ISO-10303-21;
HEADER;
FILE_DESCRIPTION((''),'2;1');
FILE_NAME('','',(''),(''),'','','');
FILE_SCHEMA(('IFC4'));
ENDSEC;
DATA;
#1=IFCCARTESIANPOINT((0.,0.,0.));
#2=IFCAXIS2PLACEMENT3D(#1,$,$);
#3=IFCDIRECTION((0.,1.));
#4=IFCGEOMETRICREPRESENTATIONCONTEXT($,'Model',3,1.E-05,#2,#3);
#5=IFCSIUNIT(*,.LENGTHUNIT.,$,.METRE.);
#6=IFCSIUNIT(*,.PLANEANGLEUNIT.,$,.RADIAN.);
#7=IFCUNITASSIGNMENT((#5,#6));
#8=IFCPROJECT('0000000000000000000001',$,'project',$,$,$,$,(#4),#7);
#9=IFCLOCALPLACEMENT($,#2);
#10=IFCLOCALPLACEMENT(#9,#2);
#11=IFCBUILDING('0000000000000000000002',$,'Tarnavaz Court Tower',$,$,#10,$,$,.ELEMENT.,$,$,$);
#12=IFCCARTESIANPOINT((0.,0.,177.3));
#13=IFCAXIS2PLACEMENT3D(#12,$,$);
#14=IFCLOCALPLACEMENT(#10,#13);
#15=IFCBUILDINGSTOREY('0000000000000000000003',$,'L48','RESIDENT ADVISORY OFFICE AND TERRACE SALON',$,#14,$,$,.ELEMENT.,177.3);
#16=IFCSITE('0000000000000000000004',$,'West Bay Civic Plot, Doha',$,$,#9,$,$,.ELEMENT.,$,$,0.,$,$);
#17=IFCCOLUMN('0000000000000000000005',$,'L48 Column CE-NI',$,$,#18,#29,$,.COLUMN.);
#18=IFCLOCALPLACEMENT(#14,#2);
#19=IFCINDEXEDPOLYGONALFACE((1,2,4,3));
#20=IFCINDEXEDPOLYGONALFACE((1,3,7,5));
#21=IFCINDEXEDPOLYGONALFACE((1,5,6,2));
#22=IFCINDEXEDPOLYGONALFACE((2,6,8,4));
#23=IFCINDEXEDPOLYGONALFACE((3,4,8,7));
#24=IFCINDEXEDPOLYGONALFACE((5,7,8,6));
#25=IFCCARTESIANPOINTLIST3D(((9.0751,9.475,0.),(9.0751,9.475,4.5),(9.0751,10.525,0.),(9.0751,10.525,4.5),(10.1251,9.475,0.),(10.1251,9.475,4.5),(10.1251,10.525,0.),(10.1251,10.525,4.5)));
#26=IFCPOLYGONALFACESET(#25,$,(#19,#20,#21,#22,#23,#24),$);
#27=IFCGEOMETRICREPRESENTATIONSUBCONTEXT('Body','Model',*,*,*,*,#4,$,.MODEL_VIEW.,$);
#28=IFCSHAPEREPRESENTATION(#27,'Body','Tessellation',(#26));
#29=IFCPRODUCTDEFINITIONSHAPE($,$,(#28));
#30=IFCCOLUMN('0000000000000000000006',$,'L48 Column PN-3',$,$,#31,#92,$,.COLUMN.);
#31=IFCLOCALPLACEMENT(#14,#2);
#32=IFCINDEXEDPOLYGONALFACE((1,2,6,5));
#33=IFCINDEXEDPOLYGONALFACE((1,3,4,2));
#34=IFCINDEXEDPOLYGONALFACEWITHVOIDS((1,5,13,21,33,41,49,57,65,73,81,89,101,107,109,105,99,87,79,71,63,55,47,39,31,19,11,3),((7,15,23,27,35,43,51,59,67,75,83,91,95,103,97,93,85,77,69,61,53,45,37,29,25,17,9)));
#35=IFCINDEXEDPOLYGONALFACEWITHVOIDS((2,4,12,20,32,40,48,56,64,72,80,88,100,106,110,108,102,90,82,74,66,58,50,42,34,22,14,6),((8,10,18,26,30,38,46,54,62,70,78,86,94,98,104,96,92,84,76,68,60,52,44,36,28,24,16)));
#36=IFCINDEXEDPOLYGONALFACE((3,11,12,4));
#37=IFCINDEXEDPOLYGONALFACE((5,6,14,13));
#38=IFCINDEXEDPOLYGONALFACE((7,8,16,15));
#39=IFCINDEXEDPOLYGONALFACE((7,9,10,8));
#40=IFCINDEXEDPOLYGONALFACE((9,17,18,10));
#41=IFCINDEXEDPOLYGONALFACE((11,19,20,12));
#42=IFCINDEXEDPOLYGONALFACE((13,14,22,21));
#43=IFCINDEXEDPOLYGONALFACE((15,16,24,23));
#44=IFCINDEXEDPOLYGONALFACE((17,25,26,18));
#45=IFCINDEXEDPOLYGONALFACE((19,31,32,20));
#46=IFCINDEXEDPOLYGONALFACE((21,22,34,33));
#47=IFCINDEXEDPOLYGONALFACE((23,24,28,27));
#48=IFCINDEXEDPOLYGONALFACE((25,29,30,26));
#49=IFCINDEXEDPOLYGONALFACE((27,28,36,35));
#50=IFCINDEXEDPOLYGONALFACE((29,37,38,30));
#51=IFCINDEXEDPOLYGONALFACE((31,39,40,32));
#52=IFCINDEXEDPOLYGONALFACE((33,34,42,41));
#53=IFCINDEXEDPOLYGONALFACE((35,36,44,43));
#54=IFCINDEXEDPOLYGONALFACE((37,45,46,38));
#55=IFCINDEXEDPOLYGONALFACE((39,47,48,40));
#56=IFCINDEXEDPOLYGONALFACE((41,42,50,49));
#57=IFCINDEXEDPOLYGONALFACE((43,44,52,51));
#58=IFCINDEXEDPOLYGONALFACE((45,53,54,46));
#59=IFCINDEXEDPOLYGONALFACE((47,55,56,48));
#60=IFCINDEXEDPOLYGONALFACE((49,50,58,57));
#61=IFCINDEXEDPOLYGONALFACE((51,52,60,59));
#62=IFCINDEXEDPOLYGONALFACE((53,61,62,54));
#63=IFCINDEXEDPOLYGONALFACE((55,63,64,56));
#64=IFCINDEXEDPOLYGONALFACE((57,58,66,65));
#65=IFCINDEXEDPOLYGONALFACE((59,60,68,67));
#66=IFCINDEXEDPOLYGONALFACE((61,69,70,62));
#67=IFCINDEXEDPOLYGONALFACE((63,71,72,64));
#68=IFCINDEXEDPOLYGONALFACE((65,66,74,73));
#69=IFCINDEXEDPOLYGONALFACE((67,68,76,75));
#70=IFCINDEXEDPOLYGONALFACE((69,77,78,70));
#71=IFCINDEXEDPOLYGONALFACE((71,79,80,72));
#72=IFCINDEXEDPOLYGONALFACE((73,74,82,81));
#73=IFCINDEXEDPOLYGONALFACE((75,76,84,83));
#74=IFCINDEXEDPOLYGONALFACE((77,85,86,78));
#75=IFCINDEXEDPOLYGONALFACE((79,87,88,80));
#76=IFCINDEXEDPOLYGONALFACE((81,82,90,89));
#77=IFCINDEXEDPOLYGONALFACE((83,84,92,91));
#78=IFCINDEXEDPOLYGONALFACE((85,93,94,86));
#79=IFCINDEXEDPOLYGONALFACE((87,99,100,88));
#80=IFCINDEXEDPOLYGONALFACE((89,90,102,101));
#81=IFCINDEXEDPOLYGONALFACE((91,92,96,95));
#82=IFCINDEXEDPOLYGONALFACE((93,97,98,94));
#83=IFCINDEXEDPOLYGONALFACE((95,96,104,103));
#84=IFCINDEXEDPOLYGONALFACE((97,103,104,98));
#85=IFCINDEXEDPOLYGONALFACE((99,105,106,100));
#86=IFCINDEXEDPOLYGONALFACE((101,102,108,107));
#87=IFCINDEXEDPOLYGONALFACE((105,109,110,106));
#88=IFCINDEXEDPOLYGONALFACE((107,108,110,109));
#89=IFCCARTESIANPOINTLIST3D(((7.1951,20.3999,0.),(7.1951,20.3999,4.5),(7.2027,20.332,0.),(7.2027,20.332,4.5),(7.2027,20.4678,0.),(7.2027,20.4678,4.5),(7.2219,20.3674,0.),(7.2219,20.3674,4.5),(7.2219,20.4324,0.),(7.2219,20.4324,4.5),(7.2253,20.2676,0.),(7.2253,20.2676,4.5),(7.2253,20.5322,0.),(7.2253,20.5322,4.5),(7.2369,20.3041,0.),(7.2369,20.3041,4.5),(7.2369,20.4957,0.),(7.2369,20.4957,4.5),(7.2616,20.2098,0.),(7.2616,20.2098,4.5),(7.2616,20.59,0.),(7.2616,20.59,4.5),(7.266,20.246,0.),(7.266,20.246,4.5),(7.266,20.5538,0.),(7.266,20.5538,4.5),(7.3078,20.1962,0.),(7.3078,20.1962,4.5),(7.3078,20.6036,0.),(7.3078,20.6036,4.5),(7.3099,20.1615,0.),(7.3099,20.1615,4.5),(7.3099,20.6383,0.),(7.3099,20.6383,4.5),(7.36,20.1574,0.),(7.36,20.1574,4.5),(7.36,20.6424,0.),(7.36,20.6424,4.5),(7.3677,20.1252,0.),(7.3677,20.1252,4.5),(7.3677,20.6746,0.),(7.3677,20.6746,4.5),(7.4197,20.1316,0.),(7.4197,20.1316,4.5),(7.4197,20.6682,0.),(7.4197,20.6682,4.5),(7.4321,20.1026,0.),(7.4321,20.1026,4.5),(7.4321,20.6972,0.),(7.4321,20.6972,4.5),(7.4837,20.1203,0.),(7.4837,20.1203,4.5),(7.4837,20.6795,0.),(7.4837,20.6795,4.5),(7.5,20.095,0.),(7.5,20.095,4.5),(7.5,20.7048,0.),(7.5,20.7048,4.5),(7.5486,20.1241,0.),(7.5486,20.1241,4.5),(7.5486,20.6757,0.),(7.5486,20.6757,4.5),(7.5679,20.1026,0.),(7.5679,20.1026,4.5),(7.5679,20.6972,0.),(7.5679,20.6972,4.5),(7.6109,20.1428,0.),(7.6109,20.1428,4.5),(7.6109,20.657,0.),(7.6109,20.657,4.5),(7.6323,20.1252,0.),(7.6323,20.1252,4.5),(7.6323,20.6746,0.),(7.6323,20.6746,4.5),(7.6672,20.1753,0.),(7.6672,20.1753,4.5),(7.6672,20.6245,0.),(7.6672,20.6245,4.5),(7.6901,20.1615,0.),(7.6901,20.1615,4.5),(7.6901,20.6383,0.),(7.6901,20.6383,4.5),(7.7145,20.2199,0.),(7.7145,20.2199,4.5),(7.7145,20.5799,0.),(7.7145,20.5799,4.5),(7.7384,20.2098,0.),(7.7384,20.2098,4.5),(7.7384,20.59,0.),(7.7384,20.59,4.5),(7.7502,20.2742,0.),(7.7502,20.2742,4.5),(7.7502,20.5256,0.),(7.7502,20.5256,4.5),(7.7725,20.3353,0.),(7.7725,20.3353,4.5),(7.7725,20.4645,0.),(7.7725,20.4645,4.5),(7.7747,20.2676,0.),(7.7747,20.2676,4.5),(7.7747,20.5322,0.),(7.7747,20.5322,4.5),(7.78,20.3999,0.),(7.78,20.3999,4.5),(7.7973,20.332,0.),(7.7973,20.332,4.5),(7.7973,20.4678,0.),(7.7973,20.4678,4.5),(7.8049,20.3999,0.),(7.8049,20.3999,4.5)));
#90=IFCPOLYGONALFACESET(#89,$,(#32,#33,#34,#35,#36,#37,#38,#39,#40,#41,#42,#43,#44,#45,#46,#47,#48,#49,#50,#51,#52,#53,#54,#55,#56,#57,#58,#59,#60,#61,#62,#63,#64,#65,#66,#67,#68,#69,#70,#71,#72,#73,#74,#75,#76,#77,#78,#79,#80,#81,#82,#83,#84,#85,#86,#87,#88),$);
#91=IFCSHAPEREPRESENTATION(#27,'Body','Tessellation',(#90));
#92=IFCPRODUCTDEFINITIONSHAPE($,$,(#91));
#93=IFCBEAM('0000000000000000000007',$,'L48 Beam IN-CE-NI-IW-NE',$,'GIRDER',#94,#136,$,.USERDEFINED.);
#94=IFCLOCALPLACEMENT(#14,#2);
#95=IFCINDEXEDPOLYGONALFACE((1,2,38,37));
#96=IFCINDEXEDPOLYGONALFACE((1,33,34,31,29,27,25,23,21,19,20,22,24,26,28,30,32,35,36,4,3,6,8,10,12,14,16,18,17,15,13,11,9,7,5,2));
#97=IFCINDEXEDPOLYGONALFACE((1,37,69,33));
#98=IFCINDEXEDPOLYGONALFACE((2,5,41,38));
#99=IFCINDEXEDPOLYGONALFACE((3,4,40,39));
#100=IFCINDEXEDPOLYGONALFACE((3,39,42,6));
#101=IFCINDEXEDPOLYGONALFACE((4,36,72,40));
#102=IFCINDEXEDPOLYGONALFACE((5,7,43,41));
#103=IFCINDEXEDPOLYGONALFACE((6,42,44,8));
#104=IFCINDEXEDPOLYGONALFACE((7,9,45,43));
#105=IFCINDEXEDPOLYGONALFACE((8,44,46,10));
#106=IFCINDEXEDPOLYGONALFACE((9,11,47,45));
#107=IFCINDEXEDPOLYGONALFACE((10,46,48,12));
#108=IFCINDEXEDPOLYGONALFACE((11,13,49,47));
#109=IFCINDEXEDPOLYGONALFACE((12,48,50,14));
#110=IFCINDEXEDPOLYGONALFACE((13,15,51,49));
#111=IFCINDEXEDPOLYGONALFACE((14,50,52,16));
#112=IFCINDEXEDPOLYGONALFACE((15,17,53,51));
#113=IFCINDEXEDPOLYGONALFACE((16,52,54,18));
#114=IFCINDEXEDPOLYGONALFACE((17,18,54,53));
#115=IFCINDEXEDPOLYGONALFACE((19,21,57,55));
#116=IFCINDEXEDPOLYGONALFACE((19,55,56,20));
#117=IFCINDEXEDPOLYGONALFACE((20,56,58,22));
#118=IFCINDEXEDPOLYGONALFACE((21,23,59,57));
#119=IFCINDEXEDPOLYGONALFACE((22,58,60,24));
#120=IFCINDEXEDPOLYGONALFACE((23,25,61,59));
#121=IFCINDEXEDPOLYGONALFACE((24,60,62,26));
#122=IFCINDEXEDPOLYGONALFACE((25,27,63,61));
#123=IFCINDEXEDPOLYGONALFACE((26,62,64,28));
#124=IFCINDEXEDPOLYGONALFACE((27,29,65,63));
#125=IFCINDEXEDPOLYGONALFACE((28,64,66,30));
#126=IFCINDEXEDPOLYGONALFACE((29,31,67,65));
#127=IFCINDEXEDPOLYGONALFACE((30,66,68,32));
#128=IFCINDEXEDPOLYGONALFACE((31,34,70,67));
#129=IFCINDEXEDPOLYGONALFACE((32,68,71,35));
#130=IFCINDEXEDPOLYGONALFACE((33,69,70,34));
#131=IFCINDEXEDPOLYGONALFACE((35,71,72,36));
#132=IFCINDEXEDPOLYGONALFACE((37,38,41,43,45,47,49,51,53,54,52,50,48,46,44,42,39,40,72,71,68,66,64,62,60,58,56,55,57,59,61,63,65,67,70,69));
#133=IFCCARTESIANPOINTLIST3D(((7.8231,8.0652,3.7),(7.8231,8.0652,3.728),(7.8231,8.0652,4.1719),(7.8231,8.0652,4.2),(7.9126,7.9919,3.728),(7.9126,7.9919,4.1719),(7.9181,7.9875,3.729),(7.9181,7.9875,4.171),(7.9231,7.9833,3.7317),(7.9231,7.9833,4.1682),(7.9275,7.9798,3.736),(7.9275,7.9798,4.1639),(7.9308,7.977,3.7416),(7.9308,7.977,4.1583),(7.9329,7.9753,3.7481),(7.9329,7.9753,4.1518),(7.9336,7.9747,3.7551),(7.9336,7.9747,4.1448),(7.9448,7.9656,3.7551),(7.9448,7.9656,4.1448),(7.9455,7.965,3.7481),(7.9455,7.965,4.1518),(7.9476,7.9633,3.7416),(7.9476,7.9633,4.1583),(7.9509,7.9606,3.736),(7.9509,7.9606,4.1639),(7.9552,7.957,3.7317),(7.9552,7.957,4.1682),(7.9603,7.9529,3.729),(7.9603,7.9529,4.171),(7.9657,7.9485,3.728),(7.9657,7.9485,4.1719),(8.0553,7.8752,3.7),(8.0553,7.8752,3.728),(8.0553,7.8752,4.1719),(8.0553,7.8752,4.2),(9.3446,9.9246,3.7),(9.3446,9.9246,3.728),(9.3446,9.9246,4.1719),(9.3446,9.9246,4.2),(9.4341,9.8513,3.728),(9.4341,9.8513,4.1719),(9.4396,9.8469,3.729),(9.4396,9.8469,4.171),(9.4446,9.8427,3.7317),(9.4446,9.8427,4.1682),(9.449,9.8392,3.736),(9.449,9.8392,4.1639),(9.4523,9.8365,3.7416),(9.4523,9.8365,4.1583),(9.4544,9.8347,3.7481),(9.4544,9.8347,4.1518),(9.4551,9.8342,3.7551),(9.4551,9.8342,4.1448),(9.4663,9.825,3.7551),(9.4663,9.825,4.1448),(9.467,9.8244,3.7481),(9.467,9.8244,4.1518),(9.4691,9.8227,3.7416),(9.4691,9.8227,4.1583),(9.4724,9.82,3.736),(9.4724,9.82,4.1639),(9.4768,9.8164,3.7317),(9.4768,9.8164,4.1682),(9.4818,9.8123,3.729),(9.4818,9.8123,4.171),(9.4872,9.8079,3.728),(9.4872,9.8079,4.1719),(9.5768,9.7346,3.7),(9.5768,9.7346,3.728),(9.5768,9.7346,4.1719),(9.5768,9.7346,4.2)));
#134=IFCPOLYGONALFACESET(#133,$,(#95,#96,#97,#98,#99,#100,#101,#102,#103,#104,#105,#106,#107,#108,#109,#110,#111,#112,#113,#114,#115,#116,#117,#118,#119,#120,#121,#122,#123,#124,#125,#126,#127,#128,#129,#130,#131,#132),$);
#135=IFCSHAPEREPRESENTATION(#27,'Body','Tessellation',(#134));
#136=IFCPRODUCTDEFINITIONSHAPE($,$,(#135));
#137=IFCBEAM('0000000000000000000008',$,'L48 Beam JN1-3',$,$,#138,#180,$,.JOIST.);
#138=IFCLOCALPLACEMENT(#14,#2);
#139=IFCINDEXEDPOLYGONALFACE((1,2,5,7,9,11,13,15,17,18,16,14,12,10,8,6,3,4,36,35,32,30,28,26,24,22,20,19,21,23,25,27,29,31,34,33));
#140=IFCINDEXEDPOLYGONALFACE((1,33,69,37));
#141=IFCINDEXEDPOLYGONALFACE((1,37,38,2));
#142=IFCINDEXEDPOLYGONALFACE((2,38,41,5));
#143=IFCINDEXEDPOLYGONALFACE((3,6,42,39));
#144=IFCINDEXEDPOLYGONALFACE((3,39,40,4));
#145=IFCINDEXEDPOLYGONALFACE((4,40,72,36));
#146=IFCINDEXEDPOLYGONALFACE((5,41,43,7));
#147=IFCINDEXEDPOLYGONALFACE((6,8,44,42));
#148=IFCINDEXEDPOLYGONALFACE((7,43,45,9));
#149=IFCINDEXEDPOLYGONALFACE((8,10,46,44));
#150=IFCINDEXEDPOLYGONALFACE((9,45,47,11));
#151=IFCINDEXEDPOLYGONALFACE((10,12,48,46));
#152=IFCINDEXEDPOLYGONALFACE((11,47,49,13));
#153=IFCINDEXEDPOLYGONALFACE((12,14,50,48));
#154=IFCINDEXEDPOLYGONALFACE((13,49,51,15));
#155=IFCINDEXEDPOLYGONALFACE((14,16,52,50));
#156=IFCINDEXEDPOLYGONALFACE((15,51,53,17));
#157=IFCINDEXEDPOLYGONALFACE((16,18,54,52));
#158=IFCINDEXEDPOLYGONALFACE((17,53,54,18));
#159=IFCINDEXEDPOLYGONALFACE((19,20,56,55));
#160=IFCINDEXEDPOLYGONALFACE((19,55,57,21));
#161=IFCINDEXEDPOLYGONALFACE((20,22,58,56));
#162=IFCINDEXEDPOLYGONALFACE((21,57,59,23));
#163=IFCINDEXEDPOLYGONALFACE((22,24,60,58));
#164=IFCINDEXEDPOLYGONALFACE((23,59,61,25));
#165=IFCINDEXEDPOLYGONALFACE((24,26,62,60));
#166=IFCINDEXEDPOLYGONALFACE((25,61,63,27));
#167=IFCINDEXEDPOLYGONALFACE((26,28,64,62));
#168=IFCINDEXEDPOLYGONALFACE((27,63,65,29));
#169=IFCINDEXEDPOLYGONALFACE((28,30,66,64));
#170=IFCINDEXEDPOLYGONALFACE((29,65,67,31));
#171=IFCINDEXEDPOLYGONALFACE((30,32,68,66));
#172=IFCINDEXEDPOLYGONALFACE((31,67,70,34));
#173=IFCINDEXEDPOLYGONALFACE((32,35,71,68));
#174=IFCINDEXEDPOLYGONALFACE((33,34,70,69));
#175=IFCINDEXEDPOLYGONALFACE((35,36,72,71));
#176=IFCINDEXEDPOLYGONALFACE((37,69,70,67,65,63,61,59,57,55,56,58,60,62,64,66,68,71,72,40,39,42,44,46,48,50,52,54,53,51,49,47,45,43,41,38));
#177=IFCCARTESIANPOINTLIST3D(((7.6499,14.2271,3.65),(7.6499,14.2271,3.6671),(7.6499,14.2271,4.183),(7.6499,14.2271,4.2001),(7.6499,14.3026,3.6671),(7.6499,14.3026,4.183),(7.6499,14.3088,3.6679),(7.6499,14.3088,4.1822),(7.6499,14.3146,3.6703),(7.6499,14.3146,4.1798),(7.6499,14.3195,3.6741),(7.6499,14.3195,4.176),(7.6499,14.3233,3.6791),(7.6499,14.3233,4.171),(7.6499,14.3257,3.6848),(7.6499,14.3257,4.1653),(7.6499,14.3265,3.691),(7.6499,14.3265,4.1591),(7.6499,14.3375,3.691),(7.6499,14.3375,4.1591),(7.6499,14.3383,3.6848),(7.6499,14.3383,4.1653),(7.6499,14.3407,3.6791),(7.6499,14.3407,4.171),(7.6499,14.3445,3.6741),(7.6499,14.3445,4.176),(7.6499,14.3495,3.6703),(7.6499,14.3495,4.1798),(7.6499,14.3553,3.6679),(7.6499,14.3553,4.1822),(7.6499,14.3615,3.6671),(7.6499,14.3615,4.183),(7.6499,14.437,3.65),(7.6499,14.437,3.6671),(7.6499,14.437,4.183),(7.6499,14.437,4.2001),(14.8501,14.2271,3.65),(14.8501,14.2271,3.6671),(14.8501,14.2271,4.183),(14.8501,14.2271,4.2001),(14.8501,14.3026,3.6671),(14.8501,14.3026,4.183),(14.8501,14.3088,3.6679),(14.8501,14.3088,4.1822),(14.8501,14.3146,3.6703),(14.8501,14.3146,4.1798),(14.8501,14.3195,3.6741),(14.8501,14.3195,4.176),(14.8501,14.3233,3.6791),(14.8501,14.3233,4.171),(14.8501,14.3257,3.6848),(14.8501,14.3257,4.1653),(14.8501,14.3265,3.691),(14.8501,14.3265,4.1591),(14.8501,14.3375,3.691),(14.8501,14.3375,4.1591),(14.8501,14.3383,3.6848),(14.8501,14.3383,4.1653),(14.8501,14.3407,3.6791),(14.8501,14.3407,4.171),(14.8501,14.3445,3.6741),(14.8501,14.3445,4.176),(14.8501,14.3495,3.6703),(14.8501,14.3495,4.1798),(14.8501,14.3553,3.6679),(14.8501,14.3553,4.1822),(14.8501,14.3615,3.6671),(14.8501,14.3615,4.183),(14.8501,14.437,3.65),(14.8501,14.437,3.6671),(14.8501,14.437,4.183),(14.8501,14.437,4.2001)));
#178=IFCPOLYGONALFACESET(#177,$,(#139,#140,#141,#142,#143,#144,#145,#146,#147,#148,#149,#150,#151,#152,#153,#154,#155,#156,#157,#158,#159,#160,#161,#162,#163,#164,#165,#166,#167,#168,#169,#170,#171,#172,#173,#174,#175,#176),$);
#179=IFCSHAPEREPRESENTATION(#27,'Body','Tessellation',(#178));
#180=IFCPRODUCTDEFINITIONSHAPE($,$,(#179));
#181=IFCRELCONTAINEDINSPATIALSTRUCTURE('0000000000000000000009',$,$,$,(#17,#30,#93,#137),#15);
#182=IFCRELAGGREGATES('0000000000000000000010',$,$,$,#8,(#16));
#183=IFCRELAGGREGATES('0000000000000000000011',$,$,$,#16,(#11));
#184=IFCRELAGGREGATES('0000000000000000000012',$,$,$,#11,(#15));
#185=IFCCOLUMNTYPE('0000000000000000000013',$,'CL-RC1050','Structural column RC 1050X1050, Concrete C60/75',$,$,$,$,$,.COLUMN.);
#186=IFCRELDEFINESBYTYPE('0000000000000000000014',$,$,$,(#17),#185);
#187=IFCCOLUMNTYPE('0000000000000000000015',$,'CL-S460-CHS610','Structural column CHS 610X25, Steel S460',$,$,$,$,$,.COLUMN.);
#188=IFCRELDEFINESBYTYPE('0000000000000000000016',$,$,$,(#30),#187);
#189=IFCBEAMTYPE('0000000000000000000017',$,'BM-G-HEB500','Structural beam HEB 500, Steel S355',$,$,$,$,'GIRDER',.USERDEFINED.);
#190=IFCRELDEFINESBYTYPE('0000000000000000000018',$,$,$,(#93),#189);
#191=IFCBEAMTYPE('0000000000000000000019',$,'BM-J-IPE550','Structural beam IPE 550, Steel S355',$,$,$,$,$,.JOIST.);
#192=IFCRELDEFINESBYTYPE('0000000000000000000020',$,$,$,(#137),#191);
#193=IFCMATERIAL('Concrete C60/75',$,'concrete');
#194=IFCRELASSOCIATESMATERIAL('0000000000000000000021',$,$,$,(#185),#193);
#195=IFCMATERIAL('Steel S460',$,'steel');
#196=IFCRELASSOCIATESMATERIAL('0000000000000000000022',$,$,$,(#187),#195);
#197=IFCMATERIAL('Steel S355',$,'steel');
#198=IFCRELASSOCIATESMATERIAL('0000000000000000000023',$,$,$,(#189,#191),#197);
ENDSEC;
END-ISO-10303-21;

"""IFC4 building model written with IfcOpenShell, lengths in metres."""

from ifc_helpers import new_model, si_unit, direction, frame, origin, origin_2d, place, context, subcontext, project, spatial, rectangle, hollow_circle, i_section, extrude, material, material_profile, profile_set, type_object, element, save


model = new_model("IFC4")

# Units and contexts
model_context = context("Model", 3, precision=1e-05, world=origin(), true_north=direction((0.0, 1.0)))
body_context = subcontext(model_context, "Body", "Model", "MODEL_VIEW")
ifc_project = project(units=[si_unit("LENGTHUNIT", "METRE"), si_unit("PLANEANGLEUNIT", "RADIAN")], contexts=[model_context])

# Site, building, storey
site_placement = place(None, origin())
site = spatial("IfcSite", under=ifc_project, at=site_placement, Name="West Bay Civic Plot, Doha", CompositionType="ELEMENT", RefElevation=0.0)
building_placement = place(site_placement, origin())
building = spatial("IfcBuilding", under=site, at=building_placement, Name="Tarnavaz Court Tower", CompositionType="ELEMENT")
storey_placement = place(building_placement, frame((0.0, 0.0, 177.3)))
storey = spatial("IfcBuildingStorey", under=building, at=storey_placement, Name="L48", Description="RESIDENT ADVISORY OFFICE AND TERRACE SALON", CompositionType="ELEMENT", Elevation=177.3)

# Columns
ifc_material_1 = material(Name="Concrete C60/75", Category="concrete")
ifc_material_profile_1 = material_profile(ifc_material_1, rectangle(XDim=1.05, YDim=1.05, at=origin_2d()), Name="RC 1050X1050")
ifc_profile_set_1 = profile_set([ifc_material_profile_1], Name="Concrete C60/75")
column_type_1 = type_object("IfcColumnType", Name="CL-RC1050", Description="Structural column RC 1050X1050, Concrete C60/75", PredefinedType="COLUMN", material=ifc_profile_set_1)
column_1_placement = place(storey_placement, frame((9.6001, 10.0, 0.0), z_axis=(0.0, 0.0, 1.0), x_axis=(1.0, 0.0, 0.0)))
element("IfcColumn", 1, at=column_1_placement, inside=storey, type_object=column_type_1, Name="L48 Column CE-NI", PredefinedType="COLUMN", context=body_context, shape_type="SweptSolid", body=[
    extrude(rectangle(XDim=1.05, YDim=1.05, at=origin_2d()), origin(), (0.0, 0.0, 1.0), 4.5),
])
ifc_material_2 = material(Name="Steel S460", Category="steel")
ifc_material_profile_2 = material_profile(ifc_material_2, hollow_circle(Radius=0.3049, WallThickness=0.0249, at=origin_2d()), Name="CHS 610X25")
ifc_profile_set_2 = profile_set([ifc_material_profile_2], Name="Steel S460")
column_type_2 = type_object("IfcColumnType", Name="CL-S460-CHS610", Description="Structural column CHS 610X25, Steel S460", PredefinedType="COLUMN", material=ifc_profile_set_2)
column_2_placement = place(storey_placement, frame((7.5, 20.3999, 0.0), z_axis=(0.0, 0.0, 1.0), x_axis=(1.0, 0.0, 0.0)))
element("IfcColumn", 2, at=column_2_placement, inside=storey, type_object=column_type_2, Name="L48 Column PN-3", PredefinedType="COLUMN", context=body_context, shape_type="SweptSolid", body=[
    extrude(hollow_circle(Radius=0.3049, WallThickness=0.0249, at=origin_2d()), origin(), (0.0, 0.0, 1.0), 4.5),
])

# Beams
ifc_material_3 = material(Name="Steel S355", Category="steel")
ifc_material_profile_3 = material_profile(ifc_material_3, i_section(OverallWidth=0.3, OverallDepth=0.5, WebThickness=0.0144, FlangeThickness=0.0281, FilletRadius=0.0271, at=origin_2d()), Name="HEB 500")
ifc_profile_set_3 = profile_set([ifc_material_profile_3], Name="Steel S355")
beam_type_1 = type_object("IfcBeamType", Name="BM-G-HEB500", Description="Structural beam HEB 500, Steel S355", ElementType="GIRDER", PredefinedType="USERDEFINED", material=ifc_profile_set_3)
beam_1_placement = place(storey_placement, frame((9.4607, 9.8296, 3.95), z_axis=(-0.633282, -0.773921, 0.0), x_axis=(0.773921, -0.633282, 0.0)))
element("IfcBeam", 3, at=beam_1_placement, inside=storey, type_object=beam_type_1, Name="L48 Beam IN-CE-NI-IW-NE", ObjectType="GIRDER", PredefinedType="USERDEFINED", context=body_context, shape_type="SweptSolid", body=[
    extrude(i_section(OverallWidth=0.3, OverallDepth=0.5, WebThickness=0.0144, FlangeThickness=0.0281, FilletRadius=0.0271, at=origin_2d()), origin(), (0.0, 0.0, 1.0), 2.4026),
])
ifc_material_profile_4 = material_profile(ifc_material_3, i_section(OverallWidth=0.21, OverallDepth=0.55, WebThickness=0.011, FlangeThickness=0.0171, FilletRadius=0.0239, at=origin_2d()), Name="IPE 550")
ifc_profile_set_4 = profile_set([ifc_material_profile_4], Name="Steel S355")
beam_type_2 = type_object("IfcBeamType", Name="BM-J-IPE550", Description="Structural beam IPE 550, Steel S355", PredefinedType="JOIST", material=ifc_profile_set_4)
for number, where, z_axis, x_axis, name in (
    (4, (7.6499, 14.332, 3.925), (1.0, 0.0, 0.0), (0.0, 1.0, 0.0), "L48 Beam JN1-3"),
):
    element("IfcBeam", number, at=place(storey_placement, frame(where, z_axis=z_axis, x_axis=x_axis)), inside=storey, type_object=beam_type_2, Name=name, PredefinedType="JOIST", context=body_context, shape_type="SweptSolid", body=[
        extrude(i_section(OverallWidth=0.21, OverallDepth=0.55, WebThickness=0.011, FlangeThickness=0.0171, FilletRadius=0.0239, at=origin_2d()), origin(), (0.0, 0.0, 1.0), 7.2002),
    ])

save(model, "model.ifc")
